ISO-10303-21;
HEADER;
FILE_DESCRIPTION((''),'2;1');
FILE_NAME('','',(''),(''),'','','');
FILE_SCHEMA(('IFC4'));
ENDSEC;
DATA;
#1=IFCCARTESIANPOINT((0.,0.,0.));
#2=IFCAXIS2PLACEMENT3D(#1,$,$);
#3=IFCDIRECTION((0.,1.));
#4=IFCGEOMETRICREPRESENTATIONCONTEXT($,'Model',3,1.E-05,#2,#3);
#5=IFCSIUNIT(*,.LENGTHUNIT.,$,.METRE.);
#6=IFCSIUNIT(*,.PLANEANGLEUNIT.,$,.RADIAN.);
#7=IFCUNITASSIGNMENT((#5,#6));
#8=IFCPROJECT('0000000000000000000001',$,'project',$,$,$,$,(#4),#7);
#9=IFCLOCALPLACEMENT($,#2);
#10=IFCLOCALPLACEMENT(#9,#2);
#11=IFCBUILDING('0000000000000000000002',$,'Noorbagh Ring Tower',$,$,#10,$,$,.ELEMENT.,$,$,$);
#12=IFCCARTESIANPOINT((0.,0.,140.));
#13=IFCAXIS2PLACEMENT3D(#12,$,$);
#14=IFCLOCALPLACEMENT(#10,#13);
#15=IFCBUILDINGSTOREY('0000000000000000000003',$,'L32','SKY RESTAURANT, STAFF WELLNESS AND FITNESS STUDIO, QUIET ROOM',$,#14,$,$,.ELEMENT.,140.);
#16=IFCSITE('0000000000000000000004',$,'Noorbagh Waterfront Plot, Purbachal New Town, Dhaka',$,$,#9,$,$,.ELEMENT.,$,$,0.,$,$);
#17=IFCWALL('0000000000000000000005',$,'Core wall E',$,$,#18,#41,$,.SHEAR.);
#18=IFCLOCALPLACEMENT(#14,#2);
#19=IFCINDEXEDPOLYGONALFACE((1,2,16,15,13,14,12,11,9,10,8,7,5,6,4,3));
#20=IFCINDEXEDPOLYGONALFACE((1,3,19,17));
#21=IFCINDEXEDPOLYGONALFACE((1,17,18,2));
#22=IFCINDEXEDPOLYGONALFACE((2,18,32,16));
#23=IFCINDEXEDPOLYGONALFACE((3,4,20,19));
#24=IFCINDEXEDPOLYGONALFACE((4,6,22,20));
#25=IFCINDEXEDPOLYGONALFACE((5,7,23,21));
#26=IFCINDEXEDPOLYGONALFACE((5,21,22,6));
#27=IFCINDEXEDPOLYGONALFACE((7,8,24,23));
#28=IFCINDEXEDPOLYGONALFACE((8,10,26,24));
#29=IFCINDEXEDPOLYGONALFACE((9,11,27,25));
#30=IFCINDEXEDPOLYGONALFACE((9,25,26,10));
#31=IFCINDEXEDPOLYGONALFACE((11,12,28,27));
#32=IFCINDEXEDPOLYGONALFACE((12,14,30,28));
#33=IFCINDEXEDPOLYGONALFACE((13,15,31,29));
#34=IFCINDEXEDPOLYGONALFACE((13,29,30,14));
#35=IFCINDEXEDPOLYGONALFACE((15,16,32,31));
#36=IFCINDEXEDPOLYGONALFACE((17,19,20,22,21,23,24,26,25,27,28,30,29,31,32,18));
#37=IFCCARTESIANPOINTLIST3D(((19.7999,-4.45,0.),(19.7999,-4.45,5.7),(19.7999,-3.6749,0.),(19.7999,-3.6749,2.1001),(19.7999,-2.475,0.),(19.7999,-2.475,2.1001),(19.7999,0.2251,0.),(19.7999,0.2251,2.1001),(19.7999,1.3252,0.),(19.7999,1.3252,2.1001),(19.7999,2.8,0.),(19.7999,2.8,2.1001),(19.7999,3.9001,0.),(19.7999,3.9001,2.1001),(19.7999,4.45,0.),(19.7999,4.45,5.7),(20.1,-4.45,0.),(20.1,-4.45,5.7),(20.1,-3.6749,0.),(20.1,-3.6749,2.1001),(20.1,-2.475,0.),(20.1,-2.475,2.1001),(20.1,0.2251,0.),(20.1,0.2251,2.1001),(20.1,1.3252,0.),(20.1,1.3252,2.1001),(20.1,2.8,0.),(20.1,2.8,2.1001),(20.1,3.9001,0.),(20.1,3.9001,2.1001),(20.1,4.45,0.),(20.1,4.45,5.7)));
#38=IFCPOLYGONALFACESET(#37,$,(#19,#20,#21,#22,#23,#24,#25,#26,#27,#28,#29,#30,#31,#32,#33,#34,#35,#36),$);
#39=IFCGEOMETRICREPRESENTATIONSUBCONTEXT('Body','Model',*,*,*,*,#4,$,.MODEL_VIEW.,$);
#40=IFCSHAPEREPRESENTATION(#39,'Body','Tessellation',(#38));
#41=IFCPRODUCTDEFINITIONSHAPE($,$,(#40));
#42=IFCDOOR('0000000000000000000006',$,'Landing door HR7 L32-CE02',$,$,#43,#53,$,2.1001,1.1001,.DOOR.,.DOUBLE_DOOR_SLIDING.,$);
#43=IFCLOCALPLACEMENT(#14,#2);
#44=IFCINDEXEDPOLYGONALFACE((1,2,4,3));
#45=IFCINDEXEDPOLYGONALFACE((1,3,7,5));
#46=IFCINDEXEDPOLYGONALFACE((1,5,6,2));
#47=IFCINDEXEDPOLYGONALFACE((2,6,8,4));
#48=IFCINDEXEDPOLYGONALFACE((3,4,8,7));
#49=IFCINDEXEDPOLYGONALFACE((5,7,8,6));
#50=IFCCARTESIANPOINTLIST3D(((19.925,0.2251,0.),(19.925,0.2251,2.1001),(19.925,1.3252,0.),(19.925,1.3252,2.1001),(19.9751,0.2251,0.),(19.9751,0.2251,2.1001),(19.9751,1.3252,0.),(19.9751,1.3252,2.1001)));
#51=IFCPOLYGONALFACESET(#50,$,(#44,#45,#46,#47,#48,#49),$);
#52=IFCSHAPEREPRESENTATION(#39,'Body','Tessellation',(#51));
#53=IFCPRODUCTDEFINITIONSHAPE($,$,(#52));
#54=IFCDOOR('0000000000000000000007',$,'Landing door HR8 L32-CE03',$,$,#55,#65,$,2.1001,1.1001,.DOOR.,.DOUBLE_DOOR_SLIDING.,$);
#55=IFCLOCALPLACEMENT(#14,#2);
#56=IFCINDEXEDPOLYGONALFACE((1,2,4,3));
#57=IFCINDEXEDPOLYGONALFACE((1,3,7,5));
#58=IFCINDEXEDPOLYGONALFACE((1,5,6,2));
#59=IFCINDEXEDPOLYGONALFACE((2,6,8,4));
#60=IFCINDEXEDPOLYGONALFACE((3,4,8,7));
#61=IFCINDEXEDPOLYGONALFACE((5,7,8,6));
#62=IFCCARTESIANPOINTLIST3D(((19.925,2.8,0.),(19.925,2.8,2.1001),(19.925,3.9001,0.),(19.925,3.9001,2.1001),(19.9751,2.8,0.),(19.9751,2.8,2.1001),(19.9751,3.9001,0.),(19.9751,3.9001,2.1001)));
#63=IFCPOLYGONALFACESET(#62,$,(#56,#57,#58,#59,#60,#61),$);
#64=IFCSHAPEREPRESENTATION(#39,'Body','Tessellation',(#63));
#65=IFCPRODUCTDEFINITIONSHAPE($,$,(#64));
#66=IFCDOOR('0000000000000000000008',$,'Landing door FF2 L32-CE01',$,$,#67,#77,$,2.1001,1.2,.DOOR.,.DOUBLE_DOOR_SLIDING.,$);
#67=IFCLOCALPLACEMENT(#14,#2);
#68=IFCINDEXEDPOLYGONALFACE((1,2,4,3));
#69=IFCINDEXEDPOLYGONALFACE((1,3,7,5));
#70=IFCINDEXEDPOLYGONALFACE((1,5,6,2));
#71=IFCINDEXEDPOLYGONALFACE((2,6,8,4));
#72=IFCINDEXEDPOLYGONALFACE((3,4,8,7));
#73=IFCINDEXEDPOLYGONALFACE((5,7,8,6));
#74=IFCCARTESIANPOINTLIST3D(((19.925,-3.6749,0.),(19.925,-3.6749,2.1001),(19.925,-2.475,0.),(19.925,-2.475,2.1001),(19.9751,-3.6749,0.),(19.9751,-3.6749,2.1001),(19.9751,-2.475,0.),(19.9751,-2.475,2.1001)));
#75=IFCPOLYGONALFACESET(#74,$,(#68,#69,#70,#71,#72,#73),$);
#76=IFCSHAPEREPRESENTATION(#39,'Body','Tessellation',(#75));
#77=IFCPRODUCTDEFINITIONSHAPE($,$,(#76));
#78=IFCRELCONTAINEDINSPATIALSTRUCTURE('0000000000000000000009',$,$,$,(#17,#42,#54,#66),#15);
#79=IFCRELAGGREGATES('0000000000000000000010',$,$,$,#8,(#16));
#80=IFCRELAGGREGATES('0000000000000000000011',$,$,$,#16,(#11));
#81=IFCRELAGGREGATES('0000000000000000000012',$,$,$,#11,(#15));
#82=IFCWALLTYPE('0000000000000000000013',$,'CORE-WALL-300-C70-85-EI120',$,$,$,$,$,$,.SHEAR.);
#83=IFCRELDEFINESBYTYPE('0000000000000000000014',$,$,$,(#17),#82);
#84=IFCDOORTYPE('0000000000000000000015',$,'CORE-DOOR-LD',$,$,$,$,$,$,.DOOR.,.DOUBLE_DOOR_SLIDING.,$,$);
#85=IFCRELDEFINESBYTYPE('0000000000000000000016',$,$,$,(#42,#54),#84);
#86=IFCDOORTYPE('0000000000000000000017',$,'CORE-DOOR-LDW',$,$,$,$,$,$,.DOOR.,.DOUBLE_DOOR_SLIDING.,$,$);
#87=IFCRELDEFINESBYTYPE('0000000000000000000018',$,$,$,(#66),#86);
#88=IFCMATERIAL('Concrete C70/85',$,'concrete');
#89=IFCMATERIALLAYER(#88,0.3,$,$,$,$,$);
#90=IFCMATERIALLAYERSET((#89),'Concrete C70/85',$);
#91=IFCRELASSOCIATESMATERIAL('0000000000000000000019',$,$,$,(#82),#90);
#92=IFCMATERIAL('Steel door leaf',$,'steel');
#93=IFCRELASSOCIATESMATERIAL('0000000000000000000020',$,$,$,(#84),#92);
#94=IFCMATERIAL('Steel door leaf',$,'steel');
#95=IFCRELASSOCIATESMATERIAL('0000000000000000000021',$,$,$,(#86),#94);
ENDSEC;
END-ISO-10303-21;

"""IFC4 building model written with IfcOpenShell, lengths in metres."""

from ifc_helpers import new_model, si_unit, direction, frame, frame_2d, origin, place, context, subcontext, project, spatial, rectangle, extrude, material, layer, layer_set, type_object, element, fill, save


model = new_model("IFC4")

# Units and contexts
model_context = context("Model", 3, precision=1e-05, world=origin(), true_north=direction((0.0, 1.0)))
body_context = subcontext(model_context, "Body", "Model", "MODEL_VIEW")
ifc_project = project(units=[si_unit("LENGTHUNIT", "METRE"), si_unit("PLANEANGLEUNIT", "RADIAN")], contexts=[model_context])

# Site, building, storey
site_placement = place(None, origin())
site = spatial("IfcSite", under=ifc_project, at=site_placement, Name="Noorbagh Waterfront Plot, Purbachal New Town, Dhaka", CompositionType="ELEMENT", RefElevation=0.0)
building_placement = place(site_placement, origin())
building = spatial("IfcBuilding", under=site, at=building_placement, Name="Noorbagh Ring Tower", CompositionType="ELEMENT")
storey_placement = place(building_placement, frame((0.0, 0.0, 140.0)))
storey = spatial("IfcBuildingStorey", under=building, at=storey_placement, Name="L32", Description="SKY RESTAURANT, STAFF WELLNESS AND FITNESS STUDIO, QUIET ROOM", CompositionType="ELEMENT", Elevation=140.0)

# Wall, openings, doors
ifc_material_1 = material(Name="Concrete C70/85", Category="concrete")
ifc_layer_1 = layer(ifc_material_1, 0.3)
ifc_layer_set_1 = layer_set([ifc_layer_1], Name="Concrete C70/85")
wall_type_1 = type_object("IfcWallType", Name="CORE-WALL-300-C70-85-EI120", PredefinedType="SHEAR", material=ifc_layer_set_1)
wall_1_placement = place(storey_placement, frame((19.95, -4.45, 0.0), z_axis=(0.0, 0.0, 1.0), x_axis=(0.0, 1.0, 0.0)))
wall_1 = element("IfcWall", 1, at=wall_1_placement, inside=storey, type_object=wall_type_1, Name="Core wall E", PredefinedType="SHEAR", context=body_context, shape_type="SweptSolid", body=[
    extrude(rectangle(XDim=8.8999, YDim=0.3, at=frame_2d((4.45, 0.0))), origin(), (0.0, 0.0, 1.0), 5.7),
])
opening_1_placement = place(wall_1_placement, frame((0.7749, 0.0, 0.0)))
opening_1 = element("IfcOpeningElement", 2, at=opening_1_placement, cuts=wall_1, PredefinedType="OPENING", context=body_context, shape_type="SweptSolid", body=[
    extrude(rectangle(XDim=1.2, YDim=2.1001, at=frame_2d((0.6001, 1.05))), frame((0.0, 0.1602, 0.0), z_axis=(0.0, -1.0, 0.0), x_axis=(1.0, 0.0, 0.0)), (0.0, 0.0, 1.0), 0.3201),
])
opening_2_placement = place(wall_1_placement, frame((4.675, 0.0, 0.0)))
opening_2 = element("IfcOpeningElement", 3, at=opening_2_placement, cuts=wall_1, PredefinedType="OPENING", context=body_context, shape_type="SweptSolid", body=[
    extrude(rectangle(XDim=1.1001, YDim=2.1001, at=frame_2d((0.55, 1.05))), frame((0.0, 0.1602, 0.0), z_axis=(0.0, -1.0, 0.0), x_axis=(1.0, 0.0, 0.0)), (0.0, 0.0, 1.0), 0.3201),
])
opening_3_placement = place(wall_1_placement, frame((7.25, 0.0, 0.0)))
opening_3 = element("IfcOpeningElement", 4, at=opening_3_placement, cuts=wall_1, PredefinedType="OPENING", context=body_context, shape_type="SweptSolid", body=[
    extrude(rectangle(XDim=1.1001, YDim=2.1001, at=frame_2d((0.55, 1.05))), frame((0.0, 0.1602, 0.0), z_axis=(0.0, -1.0, 0.0), x_axis=(1.0, 0.0, 0.0)), (0.0, 0.0, 1.0), 0.3201),
])
ifc_material_2 = material(Name="Steel door leaf", Category="steel")
door_type_1 = type_object("IfcDoorType", Name="CORE-DOOR-LD", OperationType="DOUBLE_DOOR_SLIDING", PredefinedType="DOOR", material=ifc_material_2)
door_1_placement = place(opening_2_placement, origin())
door_1 = element("IfcDoor", 5, at=door_1_placement, inside=storey, type_object=door_type_1, Name="Landing door HR7 L32-CE02", OperationType="DOUBLE_DOOR_SLIDING", OverallHeight=2.1001, OverallWidth=1.1001, PredefinedType="DOOR", context=body_context, shape_type="SweptSolid", body=[
    extrude(rectangle(XDim=1.1001, YDim=2.1001, at=frame_2d((0.55, 1.05))), frame((0.0, 0.0249, 0.0), z_axis=(0.0, -1.0, 0.0), x_axis=(1.0, 0.0, 0.0)), (0.0, 0.0, 1.0), 0.05),
])
fill(opening_2, door_1)
door_2_placement = place(opening_3_placement, origin())
door_2 = element("IfcDoor", 6, at=door_2_placement, inside=storey, type_object=door_type_1, Name="Landing door HR8 L32-CE03", OperationType="DOUBLE_DOOR_SLIDING", OverallHeight=2.1001, OverallWidth=1.1001, PredefinedType="DOOR", context=body_context, shape_type="SweptSolid", body=[
    extrude(rectangle(XDim=1.1001, YDim=2.1001, at=frame_2d((0.55, 1.05))), frame((0.0, 0.0249, 0.0), z_axis=(0.0, -1.0, 0.0), x_axis=(1.0, 0.0, 0.0)), (0.0, 0.0, 1.0), 0.05),
])
fill(opening_3, door_2)
ifc_material_3 = material(Name="Steel door leaf", Category="steel")
door_type_2 = type_object("IfcDoorType", Name="CORE-DOOR-LDW", OperationType="DOUBLE_DOOR_SLIDING", PredefinedType="DOOR", material=ifc_material_3)
door_3_placement = place(opening_1_placement, origin())
door_3 = element("IfcDoor", 7, at=door_3_placement, inside=storey, type_object=door_type_2, Name="Landing door FF2 L32-CE01", OperationType="DOUBLE_DOOR_SLIDING", OverallHeight=2.1001, OverallWidth=1.2, PredefinedType="DOOR", context=body_context, shape_type="SweptSolid", body=[
    extrude(rectangle(XDim=1.2, YDim=2.1001, at=frame_2d((0.6001, 1.05))), frame((0.0, 0.0249, 0.0), z_axis=(0.0, -1.0, 0.0), x_axis=(1.0, 0.0, 0.0)), (0.0, 0.0, 1.0), 0.05),
])
fill(opening_1, door_3)

save(model, "model.ifc")
